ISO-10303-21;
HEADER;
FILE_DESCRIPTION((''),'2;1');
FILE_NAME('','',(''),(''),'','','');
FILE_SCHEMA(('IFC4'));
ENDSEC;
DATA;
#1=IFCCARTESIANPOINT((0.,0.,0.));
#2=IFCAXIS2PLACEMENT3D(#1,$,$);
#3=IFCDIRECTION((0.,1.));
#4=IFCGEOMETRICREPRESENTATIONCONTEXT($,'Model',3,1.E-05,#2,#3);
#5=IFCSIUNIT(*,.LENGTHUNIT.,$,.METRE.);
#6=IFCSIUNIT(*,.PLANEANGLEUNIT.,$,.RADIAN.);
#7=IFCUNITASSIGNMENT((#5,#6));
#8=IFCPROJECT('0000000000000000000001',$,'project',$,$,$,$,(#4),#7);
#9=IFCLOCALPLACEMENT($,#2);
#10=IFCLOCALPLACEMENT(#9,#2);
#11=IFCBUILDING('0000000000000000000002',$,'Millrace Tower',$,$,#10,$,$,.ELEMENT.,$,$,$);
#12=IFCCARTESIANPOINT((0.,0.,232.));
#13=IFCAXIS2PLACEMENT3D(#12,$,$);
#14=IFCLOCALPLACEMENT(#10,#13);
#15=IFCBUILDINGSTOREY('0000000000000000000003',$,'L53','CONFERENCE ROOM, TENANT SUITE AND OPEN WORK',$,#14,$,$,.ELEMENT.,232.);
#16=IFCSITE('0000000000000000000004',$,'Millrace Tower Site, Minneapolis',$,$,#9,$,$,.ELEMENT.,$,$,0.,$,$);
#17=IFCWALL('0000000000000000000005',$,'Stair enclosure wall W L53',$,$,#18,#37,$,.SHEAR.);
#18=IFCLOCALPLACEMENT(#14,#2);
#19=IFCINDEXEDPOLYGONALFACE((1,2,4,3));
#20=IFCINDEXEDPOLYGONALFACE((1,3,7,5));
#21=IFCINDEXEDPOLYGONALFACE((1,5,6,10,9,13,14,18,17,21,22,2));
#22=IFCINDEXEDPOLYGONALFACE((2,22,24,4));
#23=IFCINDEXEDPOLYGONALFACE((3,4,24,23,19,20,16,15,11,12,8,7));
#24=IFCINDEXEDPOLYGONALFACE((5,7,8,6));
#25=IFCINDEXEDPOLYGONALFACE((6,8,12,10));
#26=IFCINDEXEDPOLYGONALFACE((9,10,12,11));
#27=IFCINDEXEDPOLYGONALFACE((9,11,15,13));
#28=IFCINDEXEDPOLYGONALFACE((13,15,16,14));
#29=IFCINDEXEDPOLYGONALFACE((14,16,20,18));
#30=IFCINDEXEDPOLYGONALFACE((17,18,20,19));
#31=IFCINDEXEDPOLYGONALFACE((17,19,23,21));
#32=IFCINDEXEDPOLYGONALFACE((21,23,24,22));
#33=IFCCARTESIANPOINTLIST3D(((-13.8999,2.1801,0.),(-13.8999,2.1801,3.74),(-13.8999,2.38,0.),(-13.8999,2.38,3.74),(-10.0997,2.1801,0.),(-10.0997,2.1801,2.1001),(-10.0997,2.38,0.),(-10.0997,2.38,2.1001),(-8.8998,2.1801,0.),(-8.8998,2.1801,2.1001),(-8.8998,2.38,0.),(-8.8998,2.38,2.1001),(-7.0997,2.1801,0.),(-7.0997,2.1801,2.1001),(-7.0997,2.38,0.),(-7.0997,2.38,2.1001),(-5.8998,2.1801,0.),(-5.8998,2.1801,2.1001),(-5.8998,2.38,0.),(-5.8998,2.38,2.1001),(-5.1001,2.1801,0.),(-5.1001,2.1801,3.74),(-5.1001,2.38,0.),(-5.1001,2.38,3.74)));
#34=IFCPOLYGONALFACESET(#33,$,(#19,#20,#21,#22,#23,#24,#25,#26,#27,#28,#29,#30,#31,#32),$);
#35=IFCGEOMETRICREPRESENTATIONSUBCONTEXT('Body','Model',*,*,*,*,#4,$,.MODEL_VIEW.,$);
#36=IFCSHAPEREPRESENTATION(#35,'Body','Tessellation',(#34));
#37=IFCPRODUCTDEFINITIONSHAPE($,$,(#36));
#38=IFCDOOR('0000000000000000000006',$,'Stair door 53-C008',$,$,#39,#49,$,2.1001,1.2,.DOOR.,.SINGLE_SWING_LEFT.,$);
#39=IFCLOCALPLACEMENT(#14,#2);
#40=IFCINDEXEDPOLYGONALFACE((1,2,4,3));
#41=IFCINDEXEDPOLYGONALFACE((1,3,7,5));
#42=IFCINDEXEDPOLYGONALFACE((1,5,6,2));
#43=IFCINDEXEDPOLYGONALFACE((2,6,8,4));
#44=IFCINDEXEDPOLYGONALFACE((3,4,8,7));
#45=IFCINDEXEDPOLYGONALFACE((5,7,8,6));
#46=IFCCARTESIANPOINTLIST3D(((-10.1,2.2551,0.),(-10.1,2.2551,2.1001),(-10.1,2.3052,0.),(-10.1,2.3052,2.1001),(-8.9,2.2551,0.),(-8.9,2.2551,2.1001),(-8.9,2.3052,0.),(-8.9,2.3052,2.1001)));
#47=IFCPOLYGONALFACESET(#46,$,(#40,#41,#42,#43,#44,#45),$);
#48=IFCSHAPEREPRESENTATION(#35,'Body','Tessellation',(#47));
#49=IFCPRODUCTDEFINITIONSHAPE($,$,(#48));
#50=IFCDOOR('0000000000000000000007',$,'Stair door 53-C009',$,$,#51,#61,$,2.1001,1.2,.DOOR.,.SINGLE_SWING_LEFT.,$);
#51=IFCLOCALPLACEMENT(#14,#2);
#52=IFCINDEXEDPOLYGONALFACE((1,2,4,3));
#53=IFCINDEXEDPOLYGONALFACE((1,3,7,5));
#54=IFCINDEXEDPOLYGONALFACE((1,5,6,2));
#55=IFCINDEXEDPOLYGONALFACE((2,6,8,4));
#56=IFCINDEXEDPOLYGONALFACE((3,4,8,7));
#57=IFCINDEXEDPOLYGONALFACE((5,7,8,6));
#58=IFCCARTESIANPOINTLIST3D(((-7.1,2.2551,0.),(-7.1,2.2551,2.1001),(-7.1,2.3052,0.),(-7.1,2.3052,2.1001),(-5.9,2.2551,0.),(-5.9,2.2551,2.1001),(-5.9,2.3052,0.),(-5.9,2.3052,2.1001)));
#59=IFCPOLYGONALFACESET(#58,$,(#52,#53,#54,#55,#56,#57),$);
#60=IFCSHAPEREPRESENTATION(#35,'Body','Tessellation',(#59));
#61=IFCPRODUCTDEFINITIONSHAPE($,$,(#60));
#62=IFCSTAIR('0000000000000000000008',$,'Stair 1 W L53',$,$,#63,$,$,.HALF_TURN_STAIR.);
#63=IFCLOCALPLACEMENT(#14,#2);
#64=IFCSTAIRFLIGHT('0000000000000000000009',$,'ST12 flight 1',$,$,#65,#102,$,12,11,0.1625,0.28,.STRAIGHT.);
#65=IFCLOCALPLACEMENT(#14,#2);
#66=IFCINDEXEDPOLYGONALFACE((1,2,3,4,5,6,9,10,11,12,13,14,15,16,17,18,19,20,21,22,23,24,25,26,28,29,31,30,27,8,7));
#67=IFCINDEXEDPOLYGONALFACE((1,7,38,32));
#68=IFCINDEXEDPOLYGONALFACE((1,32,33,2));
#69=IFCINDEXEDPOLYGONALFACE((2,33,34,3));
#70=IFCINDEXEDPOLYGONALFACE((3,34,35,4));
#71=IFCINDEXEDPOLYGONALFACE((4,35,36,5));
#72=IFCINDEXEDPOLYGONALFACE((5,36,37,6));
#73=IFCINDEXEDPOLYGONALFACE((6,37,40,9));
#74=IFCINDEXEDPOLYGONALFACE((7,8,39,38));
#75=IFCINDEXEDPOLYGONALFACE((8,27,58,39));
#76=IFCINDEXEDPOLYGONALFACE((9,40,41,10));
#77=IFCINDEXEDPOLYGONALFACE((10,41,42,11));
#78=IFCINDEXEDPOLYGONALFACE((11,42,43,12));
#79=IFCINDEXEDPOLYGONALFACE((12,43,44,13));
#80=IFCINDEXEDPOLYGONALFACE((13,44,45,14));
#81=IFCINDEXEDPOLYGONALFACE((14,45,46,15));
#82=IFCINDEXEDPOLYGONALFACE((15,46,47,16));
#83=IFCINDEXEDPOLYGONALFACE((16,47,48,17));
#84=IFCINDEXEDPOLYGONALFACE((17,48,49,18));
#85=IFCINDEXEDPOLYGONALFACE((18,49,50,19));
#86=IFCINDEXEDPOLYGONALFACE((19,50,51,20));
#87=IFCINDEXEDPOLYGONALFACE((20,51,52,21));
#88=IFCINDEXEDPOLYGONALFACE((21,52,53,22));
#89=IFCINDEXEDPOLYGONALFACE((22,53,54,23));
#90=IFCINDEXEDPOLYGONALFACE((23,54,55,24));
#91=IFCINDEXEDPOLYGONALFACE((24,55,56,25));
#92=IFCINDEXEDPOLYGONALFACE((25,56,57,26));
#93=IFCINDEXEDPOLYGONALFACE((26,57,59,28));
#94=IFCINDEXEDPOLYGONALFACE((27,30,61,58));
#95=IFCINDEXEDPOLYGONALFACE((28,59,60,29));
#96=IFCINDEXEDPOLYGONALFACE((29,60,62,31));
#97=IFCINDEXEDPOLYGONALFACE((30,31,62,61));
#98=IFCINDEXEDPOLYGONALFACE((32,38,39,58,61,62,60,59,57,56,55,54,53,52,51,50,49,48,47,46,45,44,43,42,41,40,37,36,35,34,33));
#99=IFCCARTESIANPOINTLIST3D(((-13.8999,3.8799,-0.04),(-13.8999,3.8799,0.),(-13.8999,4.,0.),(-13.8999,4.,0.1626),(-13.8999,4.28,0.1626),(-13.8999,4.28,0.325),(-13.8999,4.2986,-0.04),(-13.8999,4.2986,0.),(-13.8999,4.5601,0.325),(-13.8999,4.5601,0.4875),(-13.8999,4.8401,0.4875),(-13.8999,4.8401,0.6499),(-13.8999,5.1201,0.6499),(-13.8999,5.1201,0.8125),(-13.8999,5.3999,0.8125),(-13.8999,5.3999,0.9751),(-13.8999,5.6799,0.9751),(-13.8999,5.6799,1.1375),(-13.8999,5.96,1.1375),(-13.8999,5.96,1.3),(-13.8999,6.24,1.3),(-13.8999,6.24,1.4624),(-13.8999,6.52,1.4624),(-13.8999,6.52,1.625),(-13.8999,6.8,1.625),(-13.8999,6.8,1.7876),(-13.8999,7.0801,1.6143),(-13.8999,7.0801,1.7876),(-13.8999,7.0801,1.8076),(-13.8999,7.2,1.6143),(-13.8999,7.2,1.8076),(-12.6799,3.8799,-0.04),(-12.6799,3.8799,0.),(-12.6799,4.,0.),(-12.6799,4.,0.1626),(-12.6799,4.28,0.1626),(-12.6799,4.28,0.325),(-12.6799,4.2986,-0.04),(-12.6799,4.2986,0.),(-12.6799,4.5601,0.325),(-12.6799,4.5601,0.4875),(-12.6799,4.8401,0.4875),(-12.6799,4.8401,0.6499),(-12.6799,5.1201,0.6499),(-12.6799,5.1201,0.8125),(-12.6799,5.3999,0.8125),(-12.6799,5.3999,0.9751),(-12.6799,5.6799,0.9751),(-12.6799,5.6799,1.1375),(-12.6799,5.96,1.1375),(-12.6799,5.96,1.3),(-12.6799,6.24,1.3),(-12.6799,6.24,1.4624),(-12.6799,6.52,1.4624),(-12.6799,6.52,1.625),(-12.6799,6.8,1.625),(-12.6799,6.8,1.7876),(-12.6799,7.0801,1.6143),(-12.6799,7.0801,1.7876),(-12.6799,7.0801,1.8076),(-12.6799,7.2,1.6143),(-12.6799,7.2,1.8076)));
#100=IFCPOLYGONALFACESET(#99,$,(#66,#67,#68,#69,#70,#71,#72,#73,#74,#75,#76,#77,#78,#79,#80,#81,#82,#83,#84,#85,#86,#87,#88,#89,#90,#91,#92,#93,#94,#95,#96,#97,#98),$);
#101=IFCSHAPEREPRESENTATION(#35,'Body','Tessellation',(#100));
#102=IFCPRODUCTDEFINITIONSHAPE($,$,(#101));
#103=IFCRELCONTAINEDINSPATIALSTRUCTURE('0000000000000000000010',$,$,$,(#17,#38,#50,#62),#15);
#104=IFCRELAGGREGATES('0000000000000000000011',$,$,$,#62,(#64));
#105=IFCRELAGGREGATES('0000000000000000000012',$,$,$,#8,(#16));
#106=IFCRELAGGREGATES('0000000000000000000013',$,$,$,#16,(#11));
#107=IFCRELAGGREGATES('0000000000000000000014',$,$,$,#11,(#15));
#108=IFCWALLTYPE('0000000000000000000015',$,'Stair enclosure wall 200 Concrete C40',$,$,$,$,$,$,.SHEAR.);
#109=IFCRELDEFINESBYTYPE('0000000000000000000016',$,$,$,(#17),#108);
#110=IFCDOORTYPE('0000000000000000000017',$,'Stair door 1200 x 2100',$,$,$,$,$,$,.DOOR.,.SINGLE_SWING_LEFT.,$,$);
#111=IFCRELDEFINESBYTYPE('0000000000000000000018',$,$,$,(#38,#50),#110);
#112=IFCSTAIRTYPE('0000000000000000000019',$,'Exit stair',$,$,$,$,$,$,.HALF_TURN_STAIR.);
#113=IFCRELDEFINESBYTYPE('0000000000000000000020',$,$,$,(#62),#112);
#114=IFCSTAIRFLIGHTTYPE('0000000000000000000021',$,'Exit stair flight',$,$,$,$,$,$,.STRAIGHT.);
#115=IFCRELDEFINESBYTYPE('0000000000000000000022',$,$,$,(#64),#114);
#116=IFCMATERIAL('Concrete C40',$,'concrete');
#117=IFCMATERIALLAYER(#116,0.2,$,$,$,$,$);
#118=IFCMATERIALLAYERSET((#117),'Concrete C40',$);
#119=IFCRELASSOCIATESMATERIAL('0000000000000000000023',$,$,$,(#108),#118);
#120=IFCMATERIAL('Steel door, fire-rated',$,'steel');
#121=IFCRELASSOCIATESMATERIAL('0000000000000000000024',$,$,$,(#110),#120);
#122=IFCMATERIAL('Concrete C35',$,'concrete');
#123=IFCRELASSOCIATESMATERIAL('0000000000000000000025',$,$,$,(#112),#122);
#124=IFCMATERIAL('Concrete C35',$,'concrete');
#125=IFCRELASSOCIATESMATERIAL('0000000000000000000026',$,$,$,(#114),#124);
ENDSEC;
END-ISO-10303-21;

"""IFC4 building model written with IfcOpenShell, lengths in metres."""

from ifc_helpers import new_model, si_unit, direction, frame, frame_2d, origin, place, context, subcontext, project, spatial, polyline, rectangle, outline, extrude, material, layer, layer_set, type_object, element, fill, aggregate, save


model = new_model("IFC4")

# Units and contexts
model_context = context("Model", 3, precision=1e-05, world=origin(), true_north=direction((0.0, 1.0)))
body_context = subcontext(model_context, "Body", "Model", "MODEL_VIEW")
ifc_project = project(units=[si_unit("LENGTHUNIT", "METRE"), si_unit("PLANEANGLEUNIT", "RADIAN")], contexts=[model_context])

# Site, building, storey
site_placement = place(None, origin())
site = spatial("IfcSite", under=ifc_project, at=site_placement, Name="Millrace Tower Site, Minneapolis", CompositionType="ELEMENT", RefElevation=0.0)
building_placement = place(site_placement, origin())
building = spatial("IfcBuilding", under=site, at=building_placement, Name="Millrace Tower", CompositionType="ELEMENT")
storey_placement = place(building_placement, frame((0.0, 0.0, 232.0)))
storey = spatial("IfcBuildingStorey", under=building, at=storey_placement, Name="L53", Description="CONFERENCE ROOM, TENANT SUITE AND OPEN WORK", CompositionType="ELEMENT", Elevation=232.0)

# Shared definitions
placement = place(storey_placement, origin())

# Shared definitions
ifc_material_1 = material(Name="Concrete C40", Category="concrete")
ifc_layer_1 = layer(ifc_material_1, 0.2)
ifc_layer_set_1 = layer_set([ifc_layer_1], Name="Concrete C40")
wall_type_1 = type_object("IfcWallType", Name="Stair enclosure wall 200 Concrete C40", PredefinedType="SHEAR", material=ifc_layer_set_1)

# Wall, openings, doors
wall_1_placement = place(storey_placement, frame((-13.8999, 2.28, 0.0), z_axis=(0.0, 0.0, 1.0), x_axis=(1.0, 0.0, 0.0)))
wall_1 = element("IfcWall", 1, at=wall_1_placement, inside=storey, type_object=wall_type_1, Name="Stair enclosure wall W L53", PredefinedType="SHEAR", context=body_context, shape_type="SweptSolid", body=[
    extrude(rectangle(XDim=8.7998, YDim=0.2, at=frame_2d((4.3999, 0.0))), origin(), (0.0, 0.0, 1.0), 3.74),
])
opening_1_placement = place(wall_1_placement, frame((3.8, 0.0, 0.0)))
opening_1 = element("IfcOpeningElement", 2, at=opening_1_placement, cuts=wall_1, PredefinedType="OPENING", context=body_context, shape_type="SweptSolid", body=[
    extrude(rectangle(XDim=1.2, YDim=2.1001, at=frame_2d((0.6001, 1.05))), frame((0.0, 0.1099, 0.0), z_axis=(0.0, -1.0, 0.0), x_axis=(1.0, 0.0, 0.0)), (0.0, 0.0, 1.0), 0.22),
])
opening_2_placement = place(wall_1_placement, frame((6.8, 0.0, 0.0)))
opening_2 = element("IfcOpeningElement", 3, at=opening_2_placement, cuts=wall_1, PredefinedType="OPENING", context=body_context, shape_type="SweptSolid", body=[
    extrude(rectangle(XDim=1.2, YDim=2.1001, at=frame_2d((0.6001, 1.05))), frame((0.0, 0.1099, 0.0), z_axis=(0.0, -1.0, 0.0), x_axis=(1.0, 0.0, 0.0)), (0.0, 0.0, 1.0), 0.22),
])
ifc_material_2 = material(Name="Steel door, fire-rated", Category="steel")
door_type_1 = type_object("IfcDoorType", Name="Stair door 1200 x 2100", OperationType="SINGLE_SWING_LEFT", PredefinedType="DOOR", material=ifc_material_2)
door_1_placement = place(opening_1_placement, frame((1.2, 0.0, 0.0), z_axis=(0.0, 0.0, 1.0), x_axis=(-1.0, 0.0, 0.0)))
door_1 = element("IfcDoor", 4, at=door_1_placement, inside=storey, type_object=door_type_1, Name="Stair door 53-C008", OperationType="SINGLE_SWING_LEFT", OverallHeight=2.1001, OverallWidth=1.2, PredefinedType="DOOR", context=body_context, shape_type="SweptSolid", body=[
    extrude(rectangle(XDim=1.2, YDim=2.1001, at=frame_2d((0.6001, 1.05))), frame((0.0, 0.0249, 0.0), z_axis=(0.0, -1.0, 0.0), x_axis=(1.0, 0.0, 0.0)), (0.0, 0.0, 1.0), 0.05),
])
fill(opening_1, door_1)
door_2_placement = place(opening_2_placement, frame((1.2, 0.0, 0.0), z_axis=(0.0, 0.0, 1.0), x_axis=(-1.0, 0.0, 0.0)))
door_2 = element("IfcDoor", 5, at=door_2_placement, inside=storey, type_object=door_type_1, Name="Stair door 53-C009", OperationType="SINGLE_SWING_LEFT", OverallHeight=2.1001, OverallWidth=1.2, PredefinedType="DOOR", context=body_context, shape_type="SweptSolid", body=[
    extrude(rectangle(XDim=1.2, YDim=2.1001, at=frame_2d((0.6001, 1.05))), frame((0.0, 0.0249, 0.0), z_axis=(0.0, -1.0, 0.0), x_axis=(1.0, 0.0, 0.0)), (0.0, 0.0, 1.0), 0.05),
])
fill(opening_2, door_2)

# Stair, stair flight
ifc_material_3 = material(Name="Concrete C35", Category="concrete")
stair_type = type_object("IfcStairType", Name="Exit stair", PredefinedType="HALF_TURN_STAIR", material=ifc_material_3)
stair = element("IfcStair", 6, at=placement, inside=storey, type_object=stair_type, Name="Stair 1 W L53", PredefinedType="HALF_TURN_STAIR")
ifc_material_4 = material(Name="Concrete C35", Category="concrete")
stair_flight_type = type_object("IfcStairFlightType", Name="Exit stair flight", PredefinedType="STRAIGHT", material=ifc_material_4)
stair_flight_placement = place(storey_placement, frame((-13.29, 4.0, 0.0), z_axis=(0.0, 0.0, 1.0), x_axis=(0.0, 1.0, 0.0)))
stair_flight = element("IfcStairFlight", 7, at=stair_flight_placement, type_object=stair_flight_type, Name="ST12 flight 1", NumberOfRisers=12, NumberOfTreads=11, PredefinedType="STRAIGHT", RiserHeight=0.1625, TreadLength=0.28, context=body_context, shape_type="SweptSolid", body=[
    extrude(outline(polyline([(-0.1201, -0.04), (-0.1201, 0.0), (0.0, 0.0), (0.0, 0.1626), (0.28, 0.1626), (0.28, 0.325), (0.5601, 0.325), (0.5601, 0.4875), (0.8401, 0.4875), (0.8401, 0.6499), (1.1201, 0.6499), (1.1201, 0.8125), (1.3999, 0.8125), (1.3999, 0.9751), (1.6799, 0.9751), (1.6799, 1.1375), (1.96, 1.1375), (1.96, 1.3), (2.24, 1.3), (2.24, 1.4624), (2.52, 1.4624), (2.52, 1.625), (2.8, 1.625), (2.8, 1.7876), (3.0801, 1.7876), (3.0801, 1.8076), (3.2, 1.8076), (3.2, 1.6143), (3.0801, 1.6143), (0.2986, 0.0), (0.2986, -0.04), (-0.1201, -0.04)])), frame((0.0, 0.6099, 0.0), z_axis=(0.0, -1.0, 0.0), x_axis=(1.0, 0.0, 0.0)), (0.0, 0.0, 1.0), 1.22),
])
aggregate(stair, [stair_flight])

save(model, "model.ifc")
